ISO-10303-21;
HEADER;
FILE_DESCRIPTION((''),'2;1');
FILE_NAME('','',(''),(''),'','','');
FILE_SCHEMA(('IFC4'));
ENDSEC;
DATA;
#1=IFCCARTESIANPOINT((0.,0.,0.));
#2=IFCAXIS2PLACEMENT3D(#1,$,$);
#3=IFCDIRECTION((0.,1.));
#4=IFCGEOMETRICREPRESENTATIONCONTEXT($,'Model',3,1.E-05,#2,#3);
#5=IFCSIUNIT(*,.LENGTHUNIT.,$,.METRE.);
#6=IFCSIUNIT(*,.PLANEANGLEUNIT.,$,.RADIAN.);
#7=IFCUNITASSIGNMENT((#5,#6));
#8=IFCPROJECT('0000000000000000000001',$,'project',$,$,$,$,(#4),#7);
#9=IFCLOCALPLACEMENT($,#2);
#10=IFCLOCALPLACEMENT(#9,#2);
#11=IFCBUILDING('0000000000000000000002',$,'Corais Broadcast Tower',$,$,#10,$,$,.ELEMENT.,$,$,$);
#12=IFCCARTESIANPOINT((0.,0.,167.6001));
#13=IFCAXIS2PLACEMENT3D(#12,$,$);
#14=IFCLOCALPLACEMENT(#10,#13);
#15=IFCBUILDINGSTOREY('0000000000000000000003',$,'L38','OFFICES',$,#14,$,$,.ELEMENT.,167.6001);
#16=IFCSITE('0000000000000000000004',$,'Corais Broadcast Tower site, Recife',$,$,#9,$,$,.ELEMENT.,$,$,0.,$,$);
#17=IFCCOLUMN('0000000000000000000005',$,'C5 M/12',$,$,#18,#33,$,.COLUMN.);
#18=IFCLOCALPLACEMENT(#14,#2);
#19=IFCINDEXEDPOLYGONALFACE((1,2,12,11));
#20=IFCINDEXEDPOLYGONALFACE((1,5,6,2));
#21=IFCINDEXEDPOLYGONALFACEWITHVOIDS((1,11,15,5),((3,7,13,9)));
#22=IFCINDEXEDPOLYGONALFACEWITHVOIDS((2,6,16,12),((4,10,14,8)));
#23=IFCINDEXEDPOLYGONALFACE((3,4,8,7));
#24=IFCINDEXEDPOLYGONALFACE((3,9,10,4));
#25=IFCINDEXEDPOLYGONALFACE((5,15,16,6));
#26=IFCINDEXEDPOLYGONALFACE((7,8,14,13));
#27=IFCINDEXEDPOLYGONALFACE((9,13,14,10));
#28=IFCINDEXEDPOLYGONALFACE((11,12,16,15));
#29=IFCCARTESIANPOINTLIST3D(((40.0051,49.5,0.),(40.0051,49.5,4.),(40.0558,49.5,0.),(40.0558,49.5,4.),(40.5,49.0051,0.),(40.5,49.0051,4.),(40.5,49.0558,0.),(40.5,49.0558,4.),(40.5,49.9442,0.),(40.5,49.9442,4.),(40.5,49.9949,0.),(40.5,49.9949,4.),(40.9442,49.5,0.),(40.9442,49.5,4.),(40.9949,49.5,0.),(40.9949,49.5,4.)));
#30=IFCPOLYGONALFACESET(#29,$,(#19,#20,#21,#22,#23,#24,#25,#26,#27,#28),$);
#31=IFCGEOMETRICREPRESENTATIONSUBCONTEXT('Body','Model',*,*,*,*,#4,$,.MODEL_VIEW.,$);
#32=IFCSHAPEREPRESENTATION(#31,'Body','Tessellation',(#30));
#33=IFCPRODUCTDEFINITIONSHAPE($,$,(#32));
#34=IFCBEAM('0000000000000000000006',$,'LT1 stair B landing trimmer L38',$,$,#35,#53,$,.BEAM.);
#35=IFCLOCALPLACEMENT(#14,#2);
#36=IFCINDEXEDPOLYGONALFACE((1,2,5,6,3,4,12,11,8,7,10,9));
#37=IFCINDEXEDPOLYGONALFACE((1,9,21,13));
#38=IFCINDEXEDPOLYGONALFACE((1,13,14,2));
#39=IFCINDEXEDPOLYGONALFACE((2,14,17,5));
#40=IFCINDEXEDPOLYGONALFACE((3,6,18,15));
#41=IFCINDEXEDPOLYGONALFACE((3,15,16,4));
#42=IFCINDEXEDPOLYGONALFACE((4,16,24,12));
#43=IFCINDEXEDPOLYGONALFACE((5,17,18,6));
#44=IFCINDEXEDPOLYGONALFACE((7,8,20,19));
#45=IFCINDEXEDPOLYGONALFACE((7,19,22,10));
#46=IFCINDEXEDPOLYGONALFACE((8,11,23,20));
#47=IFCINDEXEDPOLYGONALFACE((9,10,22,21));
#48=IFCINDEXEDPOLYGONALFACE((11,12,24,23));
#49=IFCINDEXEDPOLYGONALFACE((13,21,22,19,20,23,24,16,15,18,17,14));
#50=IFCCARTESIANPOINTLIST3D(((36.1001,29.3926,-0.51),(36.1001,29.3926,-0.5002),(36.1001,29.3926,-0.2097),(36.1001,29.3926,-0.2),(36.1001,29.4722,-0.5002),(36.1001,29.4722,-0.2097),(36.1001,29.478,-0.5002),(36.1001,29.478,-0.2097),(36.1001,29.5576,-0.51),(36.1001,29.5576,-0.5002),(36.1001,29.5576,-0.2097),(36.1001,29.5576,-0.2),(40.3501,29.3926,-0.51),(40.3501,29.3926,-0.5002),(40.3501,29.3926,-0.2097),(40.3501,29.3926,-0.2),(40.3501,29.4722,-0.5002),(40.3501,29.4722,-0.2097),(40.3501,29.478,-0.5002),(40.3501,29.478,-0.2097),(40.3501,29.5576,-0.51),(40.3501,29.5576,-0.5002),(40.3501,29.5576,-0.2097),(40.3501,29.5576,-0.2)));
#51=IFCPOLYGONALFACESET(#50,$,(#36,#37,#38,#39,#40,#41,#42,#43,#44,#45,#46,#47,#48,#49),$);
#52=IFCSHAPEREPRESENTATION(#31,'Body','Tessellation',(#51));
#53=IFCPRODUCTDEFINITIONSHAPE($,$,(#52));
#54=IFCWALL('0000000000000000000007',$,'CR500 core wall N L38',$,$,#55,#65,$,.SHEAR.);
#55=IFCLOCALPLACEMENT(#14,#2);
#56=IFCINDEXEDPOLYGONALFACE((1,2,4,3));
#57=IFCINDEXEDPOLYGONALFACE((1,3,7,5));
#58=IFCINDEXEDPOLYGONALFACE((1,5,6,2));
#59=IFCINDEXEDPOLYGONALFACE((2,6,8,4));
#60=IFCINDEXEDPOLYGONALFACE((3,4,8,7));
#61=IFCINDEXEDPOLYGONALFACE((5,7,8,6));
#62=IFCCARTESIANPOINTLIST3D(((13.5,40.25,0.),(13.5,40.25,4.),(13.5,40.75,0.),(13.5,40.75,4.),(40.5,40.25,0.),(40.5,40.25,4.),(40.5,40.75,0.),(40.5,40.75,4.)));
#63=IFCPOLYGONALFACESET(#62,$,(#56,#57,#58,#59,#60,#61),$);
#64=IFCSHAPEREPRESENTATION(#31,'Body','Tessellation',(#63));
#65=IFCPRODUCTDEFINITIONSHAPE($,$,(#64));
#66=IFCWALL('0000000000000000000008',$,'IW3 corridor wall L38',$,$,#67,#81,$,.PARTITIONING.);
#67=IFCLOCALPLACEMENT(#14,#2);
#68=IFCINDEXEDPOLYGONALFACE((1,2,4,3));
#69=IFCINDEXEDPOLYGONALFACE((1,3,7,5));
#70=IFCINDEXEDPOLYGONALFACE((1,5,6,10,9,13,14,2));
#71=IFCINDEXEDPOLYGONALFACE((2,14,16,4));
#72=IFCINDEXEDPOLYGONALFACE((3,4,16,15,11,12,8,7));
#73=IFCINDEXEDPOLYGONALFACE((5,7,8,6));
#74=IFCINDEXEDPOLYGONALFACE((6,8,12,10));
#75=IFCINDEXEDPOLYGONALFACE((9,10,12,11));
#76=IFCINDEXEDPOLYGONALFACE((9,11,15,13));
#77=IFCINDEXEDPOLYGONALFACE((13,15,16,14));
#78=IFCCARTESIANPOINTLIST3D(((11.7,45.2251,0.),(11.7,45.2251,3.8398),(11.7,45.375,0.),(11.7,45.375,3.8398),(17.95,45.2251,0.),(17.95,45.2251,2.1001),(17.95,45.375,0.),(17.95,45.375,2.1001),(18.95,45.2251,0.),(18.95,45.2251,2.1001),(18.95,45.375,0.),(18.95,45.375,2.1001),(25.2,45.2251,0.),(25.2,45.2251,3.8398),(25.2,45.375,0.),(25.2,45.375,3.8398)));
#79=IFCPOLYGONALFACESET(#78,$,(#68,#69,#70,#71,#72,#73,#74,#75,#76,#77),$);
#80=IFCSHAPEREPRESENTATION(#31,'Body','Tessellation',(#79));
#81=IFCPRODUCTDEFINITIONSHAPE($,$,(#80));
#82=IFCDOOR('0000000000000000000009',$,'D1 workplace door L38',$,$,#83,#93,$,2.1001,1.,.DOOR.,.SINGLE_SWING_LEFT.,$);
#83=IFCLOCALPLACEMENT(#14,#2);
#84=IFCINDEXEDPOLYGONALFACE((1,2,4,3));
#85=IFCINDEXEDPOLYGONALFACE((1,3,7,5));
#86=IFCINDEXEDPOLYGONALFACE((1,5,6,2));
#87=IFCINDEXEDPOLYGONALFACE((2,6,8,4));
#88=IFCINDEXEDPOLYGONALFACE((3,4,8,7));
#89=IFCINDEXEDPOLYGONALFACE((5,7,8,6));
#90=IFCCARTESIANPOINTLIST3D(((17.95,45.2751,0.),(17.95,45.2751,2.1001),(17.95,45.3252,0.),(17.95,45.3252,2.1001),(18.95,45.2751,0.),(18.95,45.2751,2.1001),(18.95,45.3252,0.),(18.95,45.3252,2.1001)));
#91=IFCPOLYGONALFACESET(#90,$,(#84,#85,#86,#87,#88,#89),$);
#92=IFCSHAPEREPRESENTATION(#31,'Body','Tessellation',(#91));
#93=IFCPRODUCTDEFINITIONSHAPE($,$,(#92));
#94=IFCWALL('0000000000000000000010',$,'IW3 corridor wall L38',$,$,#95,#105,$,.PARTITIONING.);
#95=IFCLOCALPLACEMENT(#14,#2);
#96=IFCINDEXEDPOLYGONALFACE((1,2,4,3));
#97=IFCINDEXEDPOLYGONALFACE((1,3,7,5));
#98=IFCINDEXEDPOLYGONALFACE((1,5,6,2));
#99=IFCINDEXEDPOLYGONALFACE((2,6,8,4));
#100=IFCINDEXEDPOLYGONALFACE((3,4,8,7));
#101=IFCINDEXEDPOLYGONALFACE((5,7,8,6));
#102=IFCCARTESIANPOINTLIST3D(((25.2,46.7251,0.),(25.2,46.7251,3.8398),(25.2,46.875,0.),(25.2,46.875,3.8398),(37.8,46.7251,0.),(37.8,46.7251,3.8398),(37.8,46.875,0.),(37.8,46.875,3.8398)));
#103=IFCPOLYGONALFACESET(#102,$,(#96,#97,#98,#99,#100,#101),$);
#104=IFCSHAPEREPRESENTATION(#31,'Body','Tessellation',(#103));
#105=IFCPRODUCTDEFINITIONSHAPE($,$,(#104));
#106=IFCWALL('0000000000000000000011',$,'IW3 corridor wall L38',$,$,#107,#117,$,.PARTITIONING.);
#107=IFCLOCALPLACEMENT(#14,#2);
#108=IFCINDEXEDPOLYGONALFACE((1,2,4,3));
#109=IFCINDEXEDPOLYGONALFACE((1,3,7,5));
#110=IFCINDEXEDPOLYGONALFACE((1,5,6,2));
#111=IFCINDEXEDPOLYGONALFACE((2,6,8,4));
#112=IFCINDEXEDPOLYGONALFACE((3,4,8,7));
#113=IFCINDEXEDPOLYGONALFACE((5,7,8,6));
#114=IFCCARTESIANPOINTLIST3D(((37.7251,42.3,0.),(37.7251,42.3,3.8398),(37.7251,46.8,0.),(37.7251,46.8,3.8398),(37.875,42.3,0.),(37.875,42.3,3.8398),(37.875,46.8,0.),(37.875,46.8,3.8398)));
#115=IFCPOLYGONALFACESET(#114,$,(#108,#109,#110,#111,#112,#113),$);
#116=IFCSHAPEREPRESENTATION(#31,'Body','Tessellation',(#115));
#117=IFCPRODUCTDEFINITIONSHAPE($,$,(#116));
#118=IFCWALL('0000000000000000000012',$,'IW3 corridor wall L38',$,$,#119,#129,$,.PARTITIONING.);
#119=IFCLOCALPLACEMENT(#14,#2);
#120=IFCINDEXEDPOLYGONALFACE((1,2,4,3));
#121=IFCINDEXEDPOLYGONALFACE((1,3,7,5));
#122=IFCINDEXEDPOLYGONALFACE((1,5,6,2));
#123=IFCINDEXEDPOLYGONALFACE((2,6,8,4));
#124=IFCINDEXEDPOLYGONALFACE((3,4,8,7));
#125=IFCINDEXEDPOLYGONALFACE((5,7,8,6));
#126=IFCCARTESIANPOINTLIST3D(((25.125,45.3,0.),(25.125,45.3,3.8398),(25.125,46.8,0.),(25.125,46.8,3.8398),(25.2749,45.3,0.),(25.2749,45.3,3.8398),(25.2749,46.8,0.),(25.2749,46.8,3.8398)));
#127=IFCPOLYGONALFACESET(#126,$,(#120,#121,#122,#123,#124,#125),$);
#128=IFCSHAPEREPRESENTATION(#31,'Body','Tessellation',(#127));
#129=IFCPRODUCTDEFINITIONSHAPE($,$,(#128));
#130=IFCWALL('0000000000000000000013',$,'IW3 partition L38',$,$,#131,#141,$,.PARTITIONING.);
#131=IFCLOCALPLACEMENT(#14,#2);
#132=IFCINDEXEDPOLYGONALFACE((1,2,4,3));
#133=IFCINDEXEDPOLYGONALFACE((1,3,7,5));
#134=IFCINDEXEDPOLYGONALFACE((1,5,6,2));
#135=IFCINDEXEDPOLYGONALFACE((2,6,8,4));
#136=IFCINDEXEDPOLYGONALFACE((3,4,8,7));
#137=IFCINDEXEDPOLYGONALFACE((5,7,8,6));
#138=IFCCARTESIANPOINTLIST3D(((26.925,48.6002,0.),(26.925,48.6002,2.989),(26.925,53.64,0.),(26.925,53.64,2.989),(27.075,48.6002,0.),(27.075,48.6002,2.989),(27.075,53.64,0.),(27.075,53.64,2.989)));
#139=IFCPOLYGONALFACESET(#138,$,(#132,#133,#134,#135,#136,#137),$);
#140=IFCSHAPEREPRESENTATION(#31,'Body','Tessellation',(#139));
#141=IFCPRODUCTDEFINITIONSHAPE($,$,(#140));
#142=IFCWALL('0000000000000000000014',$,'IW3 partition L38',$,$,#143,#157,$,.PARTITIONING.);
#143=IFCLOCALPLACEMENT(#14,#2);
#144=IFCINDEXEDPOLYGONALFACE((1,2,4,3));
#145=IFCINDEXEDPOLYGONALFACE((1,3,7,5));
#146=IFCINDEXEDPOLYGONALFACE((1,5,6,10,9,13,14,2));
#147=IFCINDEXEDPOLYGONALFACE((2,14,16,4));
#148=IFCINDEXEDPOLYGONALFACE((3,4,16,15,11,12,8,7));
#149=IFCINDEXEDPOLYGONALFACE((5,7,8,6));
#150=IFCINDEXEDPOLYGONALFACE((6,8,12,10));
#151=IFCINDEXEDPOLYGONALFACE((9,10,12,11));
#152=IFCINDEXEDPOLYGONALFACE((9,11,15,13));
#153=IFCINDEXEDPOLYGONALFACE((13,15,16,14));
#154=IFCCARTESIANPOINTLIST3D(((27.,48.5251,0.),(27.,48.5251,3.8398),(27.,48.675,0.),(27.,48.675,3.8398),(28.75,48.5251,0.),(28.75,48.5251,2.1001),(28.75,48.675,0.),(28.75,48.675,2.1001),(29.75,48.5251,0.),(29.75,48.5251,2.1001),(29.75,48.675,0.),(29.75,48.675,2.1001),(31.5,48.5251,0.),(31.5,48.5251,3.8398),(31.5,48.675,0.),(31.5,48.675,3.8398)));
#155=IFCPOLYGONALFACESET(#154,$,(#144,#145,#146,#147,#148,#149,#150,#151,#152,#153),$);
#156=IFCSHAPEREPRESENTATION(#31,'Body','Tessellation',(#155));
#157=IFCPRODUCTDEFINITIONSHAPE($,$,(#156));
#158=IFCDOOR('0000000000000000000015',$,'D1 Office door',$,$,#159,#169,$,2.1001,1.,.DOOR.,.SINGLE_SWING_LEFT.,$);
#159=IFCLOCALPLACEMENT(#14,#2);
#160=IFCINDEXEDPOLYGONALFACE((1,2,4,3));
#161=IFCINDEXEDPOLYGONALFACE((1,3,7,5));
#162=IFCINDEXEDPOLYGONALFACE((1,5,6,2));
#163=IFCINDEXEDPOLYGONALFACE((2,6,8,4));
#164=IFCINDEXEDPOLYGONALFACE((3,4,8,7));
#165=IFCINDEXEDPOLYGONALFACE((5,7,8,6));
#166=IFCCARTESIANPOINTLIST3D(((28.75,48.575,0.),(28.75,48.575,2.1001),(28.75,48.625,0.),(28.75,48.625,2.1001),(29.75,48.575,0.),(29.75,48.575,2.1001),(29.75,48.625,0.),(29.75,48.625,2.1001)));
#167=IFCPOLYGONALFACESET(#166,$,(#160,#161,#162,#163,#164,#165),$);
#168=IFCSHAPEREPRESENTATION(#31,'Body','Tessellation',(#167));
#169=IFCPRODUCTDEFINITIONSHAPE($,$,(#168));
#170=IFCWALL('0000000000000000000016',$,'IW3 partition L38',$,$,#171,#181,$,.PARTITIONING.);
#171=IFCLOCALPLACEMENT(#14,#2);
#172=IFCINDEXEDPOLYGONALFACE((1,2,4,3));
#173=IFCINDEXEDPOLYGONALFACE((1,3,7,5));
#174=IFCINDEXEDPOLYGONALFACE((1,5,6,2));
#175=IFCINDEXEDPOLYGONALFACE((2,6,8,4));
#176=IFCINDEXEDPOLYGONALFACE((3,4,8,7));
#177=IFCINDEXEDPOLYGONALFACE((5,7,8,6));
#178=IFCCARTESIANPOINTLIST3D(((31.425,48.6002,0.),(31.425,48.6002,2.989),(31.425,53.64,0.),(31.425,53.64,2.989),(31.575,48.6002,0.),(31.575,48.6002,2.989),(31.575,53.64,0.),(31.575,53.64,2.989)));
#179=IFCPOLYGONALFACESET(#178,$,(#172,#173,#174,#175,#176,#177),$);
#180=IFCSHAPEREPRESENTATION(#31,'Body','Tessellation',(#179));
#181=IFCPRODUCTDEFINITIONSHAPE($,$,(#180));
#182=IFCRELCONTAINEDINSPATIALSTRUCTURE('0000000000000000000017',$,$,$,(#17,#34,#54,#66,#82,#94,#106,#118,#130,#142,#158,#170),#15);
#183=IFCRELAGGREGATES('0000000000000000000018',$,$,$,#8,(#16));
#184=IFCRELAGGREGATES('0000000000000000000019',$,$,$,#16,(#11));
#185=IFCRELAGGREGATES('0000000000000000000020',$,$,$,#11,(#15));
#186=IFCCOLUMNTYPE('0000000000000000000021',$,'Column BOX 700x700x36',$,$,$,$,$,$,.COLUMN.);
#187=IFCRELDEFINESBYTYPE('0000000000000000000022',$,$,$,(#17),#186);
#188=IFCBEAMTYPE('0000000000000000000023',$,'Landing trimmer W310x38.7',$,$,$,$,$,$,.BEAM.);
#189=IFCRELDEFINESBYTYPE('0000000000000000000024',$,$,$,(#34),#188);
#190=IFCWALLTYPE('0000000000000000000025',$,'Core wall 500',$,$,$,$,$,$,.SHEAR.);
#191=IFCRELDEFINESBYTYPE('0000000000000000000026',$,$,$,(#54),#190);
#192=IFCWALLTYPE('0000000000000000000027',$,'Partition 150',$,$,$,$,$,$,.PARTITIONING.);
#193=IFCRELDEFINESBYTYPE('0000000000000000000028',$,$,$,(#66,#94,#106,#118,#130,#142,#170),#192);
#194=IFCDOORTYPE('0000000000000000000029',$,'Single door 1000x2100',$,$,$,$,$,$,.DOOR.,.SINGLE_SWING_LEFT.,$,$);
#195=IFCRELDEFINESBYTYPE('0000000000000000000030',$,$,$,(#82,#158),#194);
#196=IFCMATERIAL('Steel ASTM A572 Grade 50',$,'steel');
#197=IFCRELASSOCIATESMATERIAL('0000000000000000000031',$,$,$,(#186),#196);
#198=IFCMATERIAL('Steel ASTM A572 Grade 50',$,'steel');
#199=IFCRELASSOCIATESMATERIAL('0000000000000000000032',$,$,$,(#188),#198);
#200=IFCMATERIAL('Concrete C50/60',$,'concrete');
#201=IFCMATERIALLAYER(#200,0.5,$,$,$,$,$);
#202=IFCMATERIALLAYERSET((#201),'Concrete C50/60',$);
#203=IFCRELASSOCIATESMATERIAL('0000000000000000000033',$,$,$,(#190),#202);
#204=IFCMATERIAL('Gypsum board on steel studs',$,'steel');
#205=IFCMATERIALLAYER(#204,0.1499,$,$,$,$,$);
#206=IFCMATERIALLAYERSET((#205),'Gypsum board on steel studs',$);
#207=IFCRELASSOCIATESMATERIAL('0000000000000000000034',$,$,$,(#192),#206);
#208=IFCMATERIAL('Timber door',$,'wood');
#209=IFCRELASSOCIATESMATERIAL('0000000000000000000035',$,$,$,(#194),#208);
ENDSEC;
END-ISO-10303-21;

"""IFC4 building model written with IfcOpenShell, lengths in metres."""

from ifc_helpers import new_model, si_unit, direction, frame, frame_2d, origin, origin_2d, place, context, subcontext, project, spatial, rectangle, hollow_rectangle, i_section, extrude, material, layer, layer_set, material_profile, profile_set, type_object, element, fill, save


model = new_model("IFC4")

# Units and contexts
model_context = context("Model", 3, precision=1e-05, world=origin(), true_north=direction((0.0, 1.0)))
body_context = subcontext(model_context, "Body", "Model", "MODEL_VIEW")
ifc_project = project(units=[si_unit("LENGTHUNIT", "METRE"), si_unit("PLANEANGLEUNIT", "RADIAN")], contexts=[model_context])

# Site, building, storey
site_placement = place(None, origin())
site = spatial("IfcSite", under=ifc_project, at=site_placement, Name="Corais Broadcast Tower site, Recife", CompositionType="ELEMENT", RefElevation=0.0)
building_placement = place(site_placement, origin())
building = spatial("IfcBuilding", under=site, at=building_placement, Name="Corais Broadcast Tower", CompositionType="ELEMENT")
storey_placement = place(building_placement, frame((0.0, 0.0, 167.6001)))
storey = spatial("IfcBuildingStorey", under=building, at=storey_placement, Name="L38", Description="OFFICES", CompositionType="ELEMENT", Elevation=167.6001)

# Column
ifc_material_1 = material(Name="Steel ASTM A572 Grade 50", Category="steel")
ifc_material_profile_1 = material_profile(ifc_material_1, hollow_rectangle(XDim=0.7, YDim=0.7, WallThickness=0.0359, at=origin_2d()), Name="BOX 700x700x36")
ifc_profile_set_1 = profile_set([ifc_material_profile_1], Name="Steel ASTM A572 Grade 50")
column_type = type_object("IfcColumnType", Name="Column BOX 700x700x36", PredefinedType="COLUMN", material=ifc_profile_set_1)
column_placement = place(storey_placement, frame((40.5, 49.5, 0.0), z_axis=(0.0, 0.0, 1.0), x_axis=(0.707107, 0.707107, 0.0)))
element("IfcColumn", 1, at=column_placement, inside=storey, type_object=column_type, Name="C5 M/12", PredefinedType="COLUMN", context=body_context, shape_type="SweptSolid", body=[
    extrude(hollow_rectangle(XDim=0.7, YDim=0.7, WallThickness=0.0359, at=origin_2d()), origin(), (0.0, 0.0, 1.0), 4.0),
])

# Beam
ifc_material_2 = material(Name="Steel ASTM A572 Grade 50", Category="steel")
ifc_material_profile_2 = material_profile(ifc_material_2, i_section(OverallWidth=0.165, OverallDepth=0.3101, WebThickness=0.0059, FlangeThickness=0.0098, at=origin_2d()), Name="W310x38.7")
ifc_profile_set_2 = profile_set([ifc_material_profile_2], Name="Steel ASTM A572 Grade 50")
beam_type = type_object("IfcBeamType", Name="Landing trimmer W310x38.7", PredefinedType="BEAM", material=ifc_profile_set_2)
beam_placement = place(storey_placement, frame((36.1001, 29.4751, -0.355), z_axis=(1.0, 0.0, 0.0), x_axis=(0.0, 1.0, 0.0)))
element("IfcBeam", 2, at=beam_placement, inside=storey, type_object=beam_type, Name="LT1 stair B landing trimmer L38", PredefinedType="BEAM", context=body_context, shape_type="SweptSolid", body=[
    extrude(i_section(OverallWidth=0.165, OverallDepth=0.3101, WebThickness=0.0059, FlangeThickness=0.0098, at=origin_2d()), origin(), (0.0, 0.0, 1.0), 4.25),
])

# Wall
ifc_material_3 = material(Name="Concrete C50/60", Category="concrete")
ifc_layer_1 = layer(ifc_material_3, 0.5)
ifc_layer_set_1 = layer_set([ifc_layer_1], Name="Concrete C50/60")
wall_type_1 = type_object("IfcWallType", Name="Core wall 500", PredefinedType="SHEAR", material=ifc_layer_set_1)
wall_1_placement = place(storey_placement, frame((40.5, 40.5, 0.0), z_axis=(0.0, 0.0, 1.0), x_axis=(-1.0, 0.0, 0.0)))
element("IfcWall", 3, at=wall_1_placement, inside=storey, type_object=wall_type_1, Name="CR500 core wall N L38", PredefinedType="SHEAR", context=body_context, shape_type="SweptSolid", body=[
    extrude(rectangle(XDim=27.0, YDim=0.5, at=frame_2d((13.5, 0.0))), origin(), (0.0, 0.0, 1.0), 4.0),
])

# Wall, opening, door
ifc_material_4 = material(Name="Gypsum board on steel studs", Category="steel")
ifc_layer_2 = layer(ifc_material_4, 0.1499)
ifc_layer_set_2 = layer_set([ifc_layer_2], Name="Gypsum board on steel studs")
wall_type_2 = type_object("IfcWallType", Name="Partition 150", PredefinedType="PARTITIONING", material=ifc_layer_set_2)
wall_2_placement = place(storey_placement, frame((25.2, 45.3, 0.0), z_axis=(0.0, 0.0, 1.0), x_axis=(-1.0, 0.0, 0.0)))
wall_2 = element("IfcWall", 4, at=wall_2_placement, inside=storey, type_object=wall_type_2, Name="IW3 corridor wall L38", PredefinedType="PARTITIONING", context=body_context, shape_type="SweptSolid", body=[
    extrude(rectangle(XDim=13.5, YDim=0.1499, at=frame_2d((6.75, 0.0))), origin(), (0.0, 0.0, 1.0), 3.8398),
])
opening_1_placement = place(wall_2_placement, frame((6.25, 0.0, 0.0)))
opening_1 = element("IfcOpeningElement", 5, at=opening_1_placement, cuts=wall_2, PredefinedType="OPENING", context=body_context, shape_type="SweptSolid", body=[
    extrude(rectangle(XDim=1.0, YDim=2.1001, at=frame_2d((0.5, 1.05))), frame((0.0, 0.085, 0.0), z_axis=(0.0, -1.0, 0.0), x_axis=(1.0, 0.0, 0.0)), (0.0, 0.0, 1.0), 0.1699),
])
ifc_material_5 = material(Name="Timber door", Category="wood")
door_type = type_object("IfcDoorType", Name="Single door 1000x2100", OperationType="SINGLE_SWING_LEFT", PredefinedType="DOOR", material=ifc_material_5)
door_1_placement = place(opening_1_placement, origin())
door_1 = element("IfcDoor", 6, at=door_1_placement, inside=storey, type_object=door_type, Name="D1 workplace door L38", OperationType="SINGLE_SWING_LEFT", OverallHeight=2.1001, OverallWidth=1.0, PredefinedType="DOOR", context=body_context, shape_type="SweptSolid", body=[
    extrude(rectangle(XDim=1.0, YDim=2.1001, at=frame_2d((0.5, 1.05))), frame((0.0, 0.0249, 0.0), z_axis=(0.0, -1.0, 0.0), x_axis=(1.0, 0.0, 0.0)), (0.0, 0.0, 1.0), 0.05),
])
fill(opening_1, door_1)

# Walls
wall_3_placement = place(storey_placement, frame((37.8, 46.8, 0.0), z_axis=(0.0, 0.0, 1.0), x_axis=(-1.0, 0.0, 0.0)))
element("IfcWall", 7, at=wall_3_placement, inside=storey, type_object=wall_type_2, Name="IW3 corridor wall L38", PredefinedType="PARTITIONING", context=body_context, shape_type="SweptSolid", body=[
    extrude(rectangle(XDim=12.6001, YDim=0.1499, at=frame_2d((6.3, 0.0))), origin(), (0.0, 0.0, 1.0), 3.8398),
])
wall_4_placement = place(storey_placement, frame((37.8, 42.3, 0.0), z_axis=(0.0, 0.0, 1.0), x_axis=(0.0, 1.0, 0.0)))
element("IfcWall", 8, at=wall_4_placement, inside=storey, type_object=wall_type_2, Name="IW3 corridor wall L38", PredefinedType="PARTITIONING", context=body_context, shape_type="SweptSolid", body=[
    extrude(rectangle(XDim=4.5, YDim=0.1499, at=frame_2d((2.25, 0.0))), origin(), (0.0, 0.0, 1.0), 3.8398),
])
wall_5_placement = place(storey_placement, frame((25.2, 46.8, 0.0), z_axis=(0.0, 0.0, 1.0), x_axis=(0.0, -1.0, 0.0)))
element("IfcWall", 9, at=wall_5_placement, inside=storey, type_object=wall_type_2, Name="IW3 corridor wall L38", PredefinedType="PARTITIONING", context=body_context, shape_type="SweptSolid", body=[
    extrude(rectangle(XDim=1.5, YDim=0.1499, at=frame_2d((0.75, 0.0))), origin(), (0.0, 0.0, 1.0), 3.8398),
])
wall_6_placement = place(storey_placement, frame((27.0, 48.6001, 0.0), z_axis=(0.0, 0.0, 1.0), x_axis=(0.0, 1.0, 0.0)))
element("IfcWall", 10, at=wall_6_placement, inside=storey, type_object=wall_type_2, Name="IW3 partition L38", PredefinedType="PARTITIONING", context=body_context, shape_type="SweptSolid", body=[
    extrude(rectangle(XDim=5.0398, YDim=0.1499, at=frame_2d((2.52, 0.0))), origin(), (0.0, 0.0, 1.0), 2.989),
])

# Wall, opening, door
wall_7_placement = place(storey_placement, frame((27.0, 48.6001, 0.0), z_axis=(0.0, 0.0, 1.0), x_axis=(1.0, 0.0, 0.0)))
wall_7 = element("IfcWall", 11, at=wall_7_placement, inside=storey, type_object=wall_type_2, Name="IW3 partition L38", PredefinedType="PARTITIONING", context=body_context, shape_type="SweptSolid", body=[
    extrude(rectangle(XDim=4.5, YDim=0.1499, at=frame_2d((2.25, 0.0))), origin(), (0.0, 0.0, 1.0), 3.8398),
])
opening_2_placement = place(wall_7_placement, frame((1.75, 0.0, 0.0)))
opening_2 = element("IfcOpeningElement", 12, at=opening_2_placement, cuts=wall_7, PredefinedType="OPENING", context=body_context, shape_type="SweptSolid", body=[
    extrude(rectangle(XDim=1.0, YDim=2.1001, at=frame_2d((0.5, 1.05))), frame((0.0, 0.085, 0.0), z_axis=(0.0, -1.0, 0.0), x_axis=(1.0, 0.0, 0.0)), (0.0, 0.0, 1.0), 0.1699),
])
door_2_placement = place(opening_2_placement, origin())
door_2 = element("IfcDoor", 13, at=door_2_placement, inside=storey, type_object=door_type, Name="D1 Office door", OperationType="SINGLE_SWING_LEFT", OverallHeight=2.1001, OverallWidth=1.0, PredefinedType="DOOR", context=body_context, shape_type="SweptSolid", body=[
    extrude(rectangle(XDim=1.0, YDim=2.1001, at=frame_2d((0.5, 1.05))), frame((0.0, 0.0249, 0.0), z_axis=(0.0, -1.0, 0.0), x_axis=(1.0, 0.0, 0.0)), (0.0, 0.0, 1.0), 0.05),
])
fill(opening_2, door_2)

# Wall
wall_8_placement = place(storey_placement, frame((31.5, 48.6001, 0.0), z_axis=(0.0, 0.0, 1.0), x_axis=(0.0, 1.0, 0.0)))
element("IfcWall", 14, at=wall_8_placement, inside=storey, type_object=wall_type_2, Name="IW3 partition L38", PredefinedType="PARTITIONING", context=body_context, shape_type="SweptSolid", body=[
    extrude(rectangle(XDim=5.0398, YDim=0.1499, at=frame_2d((2.52, 0.0))), origin(), (0.0, 0.0, 1.0), 2.989),
])

save(model, "model.ifc")
